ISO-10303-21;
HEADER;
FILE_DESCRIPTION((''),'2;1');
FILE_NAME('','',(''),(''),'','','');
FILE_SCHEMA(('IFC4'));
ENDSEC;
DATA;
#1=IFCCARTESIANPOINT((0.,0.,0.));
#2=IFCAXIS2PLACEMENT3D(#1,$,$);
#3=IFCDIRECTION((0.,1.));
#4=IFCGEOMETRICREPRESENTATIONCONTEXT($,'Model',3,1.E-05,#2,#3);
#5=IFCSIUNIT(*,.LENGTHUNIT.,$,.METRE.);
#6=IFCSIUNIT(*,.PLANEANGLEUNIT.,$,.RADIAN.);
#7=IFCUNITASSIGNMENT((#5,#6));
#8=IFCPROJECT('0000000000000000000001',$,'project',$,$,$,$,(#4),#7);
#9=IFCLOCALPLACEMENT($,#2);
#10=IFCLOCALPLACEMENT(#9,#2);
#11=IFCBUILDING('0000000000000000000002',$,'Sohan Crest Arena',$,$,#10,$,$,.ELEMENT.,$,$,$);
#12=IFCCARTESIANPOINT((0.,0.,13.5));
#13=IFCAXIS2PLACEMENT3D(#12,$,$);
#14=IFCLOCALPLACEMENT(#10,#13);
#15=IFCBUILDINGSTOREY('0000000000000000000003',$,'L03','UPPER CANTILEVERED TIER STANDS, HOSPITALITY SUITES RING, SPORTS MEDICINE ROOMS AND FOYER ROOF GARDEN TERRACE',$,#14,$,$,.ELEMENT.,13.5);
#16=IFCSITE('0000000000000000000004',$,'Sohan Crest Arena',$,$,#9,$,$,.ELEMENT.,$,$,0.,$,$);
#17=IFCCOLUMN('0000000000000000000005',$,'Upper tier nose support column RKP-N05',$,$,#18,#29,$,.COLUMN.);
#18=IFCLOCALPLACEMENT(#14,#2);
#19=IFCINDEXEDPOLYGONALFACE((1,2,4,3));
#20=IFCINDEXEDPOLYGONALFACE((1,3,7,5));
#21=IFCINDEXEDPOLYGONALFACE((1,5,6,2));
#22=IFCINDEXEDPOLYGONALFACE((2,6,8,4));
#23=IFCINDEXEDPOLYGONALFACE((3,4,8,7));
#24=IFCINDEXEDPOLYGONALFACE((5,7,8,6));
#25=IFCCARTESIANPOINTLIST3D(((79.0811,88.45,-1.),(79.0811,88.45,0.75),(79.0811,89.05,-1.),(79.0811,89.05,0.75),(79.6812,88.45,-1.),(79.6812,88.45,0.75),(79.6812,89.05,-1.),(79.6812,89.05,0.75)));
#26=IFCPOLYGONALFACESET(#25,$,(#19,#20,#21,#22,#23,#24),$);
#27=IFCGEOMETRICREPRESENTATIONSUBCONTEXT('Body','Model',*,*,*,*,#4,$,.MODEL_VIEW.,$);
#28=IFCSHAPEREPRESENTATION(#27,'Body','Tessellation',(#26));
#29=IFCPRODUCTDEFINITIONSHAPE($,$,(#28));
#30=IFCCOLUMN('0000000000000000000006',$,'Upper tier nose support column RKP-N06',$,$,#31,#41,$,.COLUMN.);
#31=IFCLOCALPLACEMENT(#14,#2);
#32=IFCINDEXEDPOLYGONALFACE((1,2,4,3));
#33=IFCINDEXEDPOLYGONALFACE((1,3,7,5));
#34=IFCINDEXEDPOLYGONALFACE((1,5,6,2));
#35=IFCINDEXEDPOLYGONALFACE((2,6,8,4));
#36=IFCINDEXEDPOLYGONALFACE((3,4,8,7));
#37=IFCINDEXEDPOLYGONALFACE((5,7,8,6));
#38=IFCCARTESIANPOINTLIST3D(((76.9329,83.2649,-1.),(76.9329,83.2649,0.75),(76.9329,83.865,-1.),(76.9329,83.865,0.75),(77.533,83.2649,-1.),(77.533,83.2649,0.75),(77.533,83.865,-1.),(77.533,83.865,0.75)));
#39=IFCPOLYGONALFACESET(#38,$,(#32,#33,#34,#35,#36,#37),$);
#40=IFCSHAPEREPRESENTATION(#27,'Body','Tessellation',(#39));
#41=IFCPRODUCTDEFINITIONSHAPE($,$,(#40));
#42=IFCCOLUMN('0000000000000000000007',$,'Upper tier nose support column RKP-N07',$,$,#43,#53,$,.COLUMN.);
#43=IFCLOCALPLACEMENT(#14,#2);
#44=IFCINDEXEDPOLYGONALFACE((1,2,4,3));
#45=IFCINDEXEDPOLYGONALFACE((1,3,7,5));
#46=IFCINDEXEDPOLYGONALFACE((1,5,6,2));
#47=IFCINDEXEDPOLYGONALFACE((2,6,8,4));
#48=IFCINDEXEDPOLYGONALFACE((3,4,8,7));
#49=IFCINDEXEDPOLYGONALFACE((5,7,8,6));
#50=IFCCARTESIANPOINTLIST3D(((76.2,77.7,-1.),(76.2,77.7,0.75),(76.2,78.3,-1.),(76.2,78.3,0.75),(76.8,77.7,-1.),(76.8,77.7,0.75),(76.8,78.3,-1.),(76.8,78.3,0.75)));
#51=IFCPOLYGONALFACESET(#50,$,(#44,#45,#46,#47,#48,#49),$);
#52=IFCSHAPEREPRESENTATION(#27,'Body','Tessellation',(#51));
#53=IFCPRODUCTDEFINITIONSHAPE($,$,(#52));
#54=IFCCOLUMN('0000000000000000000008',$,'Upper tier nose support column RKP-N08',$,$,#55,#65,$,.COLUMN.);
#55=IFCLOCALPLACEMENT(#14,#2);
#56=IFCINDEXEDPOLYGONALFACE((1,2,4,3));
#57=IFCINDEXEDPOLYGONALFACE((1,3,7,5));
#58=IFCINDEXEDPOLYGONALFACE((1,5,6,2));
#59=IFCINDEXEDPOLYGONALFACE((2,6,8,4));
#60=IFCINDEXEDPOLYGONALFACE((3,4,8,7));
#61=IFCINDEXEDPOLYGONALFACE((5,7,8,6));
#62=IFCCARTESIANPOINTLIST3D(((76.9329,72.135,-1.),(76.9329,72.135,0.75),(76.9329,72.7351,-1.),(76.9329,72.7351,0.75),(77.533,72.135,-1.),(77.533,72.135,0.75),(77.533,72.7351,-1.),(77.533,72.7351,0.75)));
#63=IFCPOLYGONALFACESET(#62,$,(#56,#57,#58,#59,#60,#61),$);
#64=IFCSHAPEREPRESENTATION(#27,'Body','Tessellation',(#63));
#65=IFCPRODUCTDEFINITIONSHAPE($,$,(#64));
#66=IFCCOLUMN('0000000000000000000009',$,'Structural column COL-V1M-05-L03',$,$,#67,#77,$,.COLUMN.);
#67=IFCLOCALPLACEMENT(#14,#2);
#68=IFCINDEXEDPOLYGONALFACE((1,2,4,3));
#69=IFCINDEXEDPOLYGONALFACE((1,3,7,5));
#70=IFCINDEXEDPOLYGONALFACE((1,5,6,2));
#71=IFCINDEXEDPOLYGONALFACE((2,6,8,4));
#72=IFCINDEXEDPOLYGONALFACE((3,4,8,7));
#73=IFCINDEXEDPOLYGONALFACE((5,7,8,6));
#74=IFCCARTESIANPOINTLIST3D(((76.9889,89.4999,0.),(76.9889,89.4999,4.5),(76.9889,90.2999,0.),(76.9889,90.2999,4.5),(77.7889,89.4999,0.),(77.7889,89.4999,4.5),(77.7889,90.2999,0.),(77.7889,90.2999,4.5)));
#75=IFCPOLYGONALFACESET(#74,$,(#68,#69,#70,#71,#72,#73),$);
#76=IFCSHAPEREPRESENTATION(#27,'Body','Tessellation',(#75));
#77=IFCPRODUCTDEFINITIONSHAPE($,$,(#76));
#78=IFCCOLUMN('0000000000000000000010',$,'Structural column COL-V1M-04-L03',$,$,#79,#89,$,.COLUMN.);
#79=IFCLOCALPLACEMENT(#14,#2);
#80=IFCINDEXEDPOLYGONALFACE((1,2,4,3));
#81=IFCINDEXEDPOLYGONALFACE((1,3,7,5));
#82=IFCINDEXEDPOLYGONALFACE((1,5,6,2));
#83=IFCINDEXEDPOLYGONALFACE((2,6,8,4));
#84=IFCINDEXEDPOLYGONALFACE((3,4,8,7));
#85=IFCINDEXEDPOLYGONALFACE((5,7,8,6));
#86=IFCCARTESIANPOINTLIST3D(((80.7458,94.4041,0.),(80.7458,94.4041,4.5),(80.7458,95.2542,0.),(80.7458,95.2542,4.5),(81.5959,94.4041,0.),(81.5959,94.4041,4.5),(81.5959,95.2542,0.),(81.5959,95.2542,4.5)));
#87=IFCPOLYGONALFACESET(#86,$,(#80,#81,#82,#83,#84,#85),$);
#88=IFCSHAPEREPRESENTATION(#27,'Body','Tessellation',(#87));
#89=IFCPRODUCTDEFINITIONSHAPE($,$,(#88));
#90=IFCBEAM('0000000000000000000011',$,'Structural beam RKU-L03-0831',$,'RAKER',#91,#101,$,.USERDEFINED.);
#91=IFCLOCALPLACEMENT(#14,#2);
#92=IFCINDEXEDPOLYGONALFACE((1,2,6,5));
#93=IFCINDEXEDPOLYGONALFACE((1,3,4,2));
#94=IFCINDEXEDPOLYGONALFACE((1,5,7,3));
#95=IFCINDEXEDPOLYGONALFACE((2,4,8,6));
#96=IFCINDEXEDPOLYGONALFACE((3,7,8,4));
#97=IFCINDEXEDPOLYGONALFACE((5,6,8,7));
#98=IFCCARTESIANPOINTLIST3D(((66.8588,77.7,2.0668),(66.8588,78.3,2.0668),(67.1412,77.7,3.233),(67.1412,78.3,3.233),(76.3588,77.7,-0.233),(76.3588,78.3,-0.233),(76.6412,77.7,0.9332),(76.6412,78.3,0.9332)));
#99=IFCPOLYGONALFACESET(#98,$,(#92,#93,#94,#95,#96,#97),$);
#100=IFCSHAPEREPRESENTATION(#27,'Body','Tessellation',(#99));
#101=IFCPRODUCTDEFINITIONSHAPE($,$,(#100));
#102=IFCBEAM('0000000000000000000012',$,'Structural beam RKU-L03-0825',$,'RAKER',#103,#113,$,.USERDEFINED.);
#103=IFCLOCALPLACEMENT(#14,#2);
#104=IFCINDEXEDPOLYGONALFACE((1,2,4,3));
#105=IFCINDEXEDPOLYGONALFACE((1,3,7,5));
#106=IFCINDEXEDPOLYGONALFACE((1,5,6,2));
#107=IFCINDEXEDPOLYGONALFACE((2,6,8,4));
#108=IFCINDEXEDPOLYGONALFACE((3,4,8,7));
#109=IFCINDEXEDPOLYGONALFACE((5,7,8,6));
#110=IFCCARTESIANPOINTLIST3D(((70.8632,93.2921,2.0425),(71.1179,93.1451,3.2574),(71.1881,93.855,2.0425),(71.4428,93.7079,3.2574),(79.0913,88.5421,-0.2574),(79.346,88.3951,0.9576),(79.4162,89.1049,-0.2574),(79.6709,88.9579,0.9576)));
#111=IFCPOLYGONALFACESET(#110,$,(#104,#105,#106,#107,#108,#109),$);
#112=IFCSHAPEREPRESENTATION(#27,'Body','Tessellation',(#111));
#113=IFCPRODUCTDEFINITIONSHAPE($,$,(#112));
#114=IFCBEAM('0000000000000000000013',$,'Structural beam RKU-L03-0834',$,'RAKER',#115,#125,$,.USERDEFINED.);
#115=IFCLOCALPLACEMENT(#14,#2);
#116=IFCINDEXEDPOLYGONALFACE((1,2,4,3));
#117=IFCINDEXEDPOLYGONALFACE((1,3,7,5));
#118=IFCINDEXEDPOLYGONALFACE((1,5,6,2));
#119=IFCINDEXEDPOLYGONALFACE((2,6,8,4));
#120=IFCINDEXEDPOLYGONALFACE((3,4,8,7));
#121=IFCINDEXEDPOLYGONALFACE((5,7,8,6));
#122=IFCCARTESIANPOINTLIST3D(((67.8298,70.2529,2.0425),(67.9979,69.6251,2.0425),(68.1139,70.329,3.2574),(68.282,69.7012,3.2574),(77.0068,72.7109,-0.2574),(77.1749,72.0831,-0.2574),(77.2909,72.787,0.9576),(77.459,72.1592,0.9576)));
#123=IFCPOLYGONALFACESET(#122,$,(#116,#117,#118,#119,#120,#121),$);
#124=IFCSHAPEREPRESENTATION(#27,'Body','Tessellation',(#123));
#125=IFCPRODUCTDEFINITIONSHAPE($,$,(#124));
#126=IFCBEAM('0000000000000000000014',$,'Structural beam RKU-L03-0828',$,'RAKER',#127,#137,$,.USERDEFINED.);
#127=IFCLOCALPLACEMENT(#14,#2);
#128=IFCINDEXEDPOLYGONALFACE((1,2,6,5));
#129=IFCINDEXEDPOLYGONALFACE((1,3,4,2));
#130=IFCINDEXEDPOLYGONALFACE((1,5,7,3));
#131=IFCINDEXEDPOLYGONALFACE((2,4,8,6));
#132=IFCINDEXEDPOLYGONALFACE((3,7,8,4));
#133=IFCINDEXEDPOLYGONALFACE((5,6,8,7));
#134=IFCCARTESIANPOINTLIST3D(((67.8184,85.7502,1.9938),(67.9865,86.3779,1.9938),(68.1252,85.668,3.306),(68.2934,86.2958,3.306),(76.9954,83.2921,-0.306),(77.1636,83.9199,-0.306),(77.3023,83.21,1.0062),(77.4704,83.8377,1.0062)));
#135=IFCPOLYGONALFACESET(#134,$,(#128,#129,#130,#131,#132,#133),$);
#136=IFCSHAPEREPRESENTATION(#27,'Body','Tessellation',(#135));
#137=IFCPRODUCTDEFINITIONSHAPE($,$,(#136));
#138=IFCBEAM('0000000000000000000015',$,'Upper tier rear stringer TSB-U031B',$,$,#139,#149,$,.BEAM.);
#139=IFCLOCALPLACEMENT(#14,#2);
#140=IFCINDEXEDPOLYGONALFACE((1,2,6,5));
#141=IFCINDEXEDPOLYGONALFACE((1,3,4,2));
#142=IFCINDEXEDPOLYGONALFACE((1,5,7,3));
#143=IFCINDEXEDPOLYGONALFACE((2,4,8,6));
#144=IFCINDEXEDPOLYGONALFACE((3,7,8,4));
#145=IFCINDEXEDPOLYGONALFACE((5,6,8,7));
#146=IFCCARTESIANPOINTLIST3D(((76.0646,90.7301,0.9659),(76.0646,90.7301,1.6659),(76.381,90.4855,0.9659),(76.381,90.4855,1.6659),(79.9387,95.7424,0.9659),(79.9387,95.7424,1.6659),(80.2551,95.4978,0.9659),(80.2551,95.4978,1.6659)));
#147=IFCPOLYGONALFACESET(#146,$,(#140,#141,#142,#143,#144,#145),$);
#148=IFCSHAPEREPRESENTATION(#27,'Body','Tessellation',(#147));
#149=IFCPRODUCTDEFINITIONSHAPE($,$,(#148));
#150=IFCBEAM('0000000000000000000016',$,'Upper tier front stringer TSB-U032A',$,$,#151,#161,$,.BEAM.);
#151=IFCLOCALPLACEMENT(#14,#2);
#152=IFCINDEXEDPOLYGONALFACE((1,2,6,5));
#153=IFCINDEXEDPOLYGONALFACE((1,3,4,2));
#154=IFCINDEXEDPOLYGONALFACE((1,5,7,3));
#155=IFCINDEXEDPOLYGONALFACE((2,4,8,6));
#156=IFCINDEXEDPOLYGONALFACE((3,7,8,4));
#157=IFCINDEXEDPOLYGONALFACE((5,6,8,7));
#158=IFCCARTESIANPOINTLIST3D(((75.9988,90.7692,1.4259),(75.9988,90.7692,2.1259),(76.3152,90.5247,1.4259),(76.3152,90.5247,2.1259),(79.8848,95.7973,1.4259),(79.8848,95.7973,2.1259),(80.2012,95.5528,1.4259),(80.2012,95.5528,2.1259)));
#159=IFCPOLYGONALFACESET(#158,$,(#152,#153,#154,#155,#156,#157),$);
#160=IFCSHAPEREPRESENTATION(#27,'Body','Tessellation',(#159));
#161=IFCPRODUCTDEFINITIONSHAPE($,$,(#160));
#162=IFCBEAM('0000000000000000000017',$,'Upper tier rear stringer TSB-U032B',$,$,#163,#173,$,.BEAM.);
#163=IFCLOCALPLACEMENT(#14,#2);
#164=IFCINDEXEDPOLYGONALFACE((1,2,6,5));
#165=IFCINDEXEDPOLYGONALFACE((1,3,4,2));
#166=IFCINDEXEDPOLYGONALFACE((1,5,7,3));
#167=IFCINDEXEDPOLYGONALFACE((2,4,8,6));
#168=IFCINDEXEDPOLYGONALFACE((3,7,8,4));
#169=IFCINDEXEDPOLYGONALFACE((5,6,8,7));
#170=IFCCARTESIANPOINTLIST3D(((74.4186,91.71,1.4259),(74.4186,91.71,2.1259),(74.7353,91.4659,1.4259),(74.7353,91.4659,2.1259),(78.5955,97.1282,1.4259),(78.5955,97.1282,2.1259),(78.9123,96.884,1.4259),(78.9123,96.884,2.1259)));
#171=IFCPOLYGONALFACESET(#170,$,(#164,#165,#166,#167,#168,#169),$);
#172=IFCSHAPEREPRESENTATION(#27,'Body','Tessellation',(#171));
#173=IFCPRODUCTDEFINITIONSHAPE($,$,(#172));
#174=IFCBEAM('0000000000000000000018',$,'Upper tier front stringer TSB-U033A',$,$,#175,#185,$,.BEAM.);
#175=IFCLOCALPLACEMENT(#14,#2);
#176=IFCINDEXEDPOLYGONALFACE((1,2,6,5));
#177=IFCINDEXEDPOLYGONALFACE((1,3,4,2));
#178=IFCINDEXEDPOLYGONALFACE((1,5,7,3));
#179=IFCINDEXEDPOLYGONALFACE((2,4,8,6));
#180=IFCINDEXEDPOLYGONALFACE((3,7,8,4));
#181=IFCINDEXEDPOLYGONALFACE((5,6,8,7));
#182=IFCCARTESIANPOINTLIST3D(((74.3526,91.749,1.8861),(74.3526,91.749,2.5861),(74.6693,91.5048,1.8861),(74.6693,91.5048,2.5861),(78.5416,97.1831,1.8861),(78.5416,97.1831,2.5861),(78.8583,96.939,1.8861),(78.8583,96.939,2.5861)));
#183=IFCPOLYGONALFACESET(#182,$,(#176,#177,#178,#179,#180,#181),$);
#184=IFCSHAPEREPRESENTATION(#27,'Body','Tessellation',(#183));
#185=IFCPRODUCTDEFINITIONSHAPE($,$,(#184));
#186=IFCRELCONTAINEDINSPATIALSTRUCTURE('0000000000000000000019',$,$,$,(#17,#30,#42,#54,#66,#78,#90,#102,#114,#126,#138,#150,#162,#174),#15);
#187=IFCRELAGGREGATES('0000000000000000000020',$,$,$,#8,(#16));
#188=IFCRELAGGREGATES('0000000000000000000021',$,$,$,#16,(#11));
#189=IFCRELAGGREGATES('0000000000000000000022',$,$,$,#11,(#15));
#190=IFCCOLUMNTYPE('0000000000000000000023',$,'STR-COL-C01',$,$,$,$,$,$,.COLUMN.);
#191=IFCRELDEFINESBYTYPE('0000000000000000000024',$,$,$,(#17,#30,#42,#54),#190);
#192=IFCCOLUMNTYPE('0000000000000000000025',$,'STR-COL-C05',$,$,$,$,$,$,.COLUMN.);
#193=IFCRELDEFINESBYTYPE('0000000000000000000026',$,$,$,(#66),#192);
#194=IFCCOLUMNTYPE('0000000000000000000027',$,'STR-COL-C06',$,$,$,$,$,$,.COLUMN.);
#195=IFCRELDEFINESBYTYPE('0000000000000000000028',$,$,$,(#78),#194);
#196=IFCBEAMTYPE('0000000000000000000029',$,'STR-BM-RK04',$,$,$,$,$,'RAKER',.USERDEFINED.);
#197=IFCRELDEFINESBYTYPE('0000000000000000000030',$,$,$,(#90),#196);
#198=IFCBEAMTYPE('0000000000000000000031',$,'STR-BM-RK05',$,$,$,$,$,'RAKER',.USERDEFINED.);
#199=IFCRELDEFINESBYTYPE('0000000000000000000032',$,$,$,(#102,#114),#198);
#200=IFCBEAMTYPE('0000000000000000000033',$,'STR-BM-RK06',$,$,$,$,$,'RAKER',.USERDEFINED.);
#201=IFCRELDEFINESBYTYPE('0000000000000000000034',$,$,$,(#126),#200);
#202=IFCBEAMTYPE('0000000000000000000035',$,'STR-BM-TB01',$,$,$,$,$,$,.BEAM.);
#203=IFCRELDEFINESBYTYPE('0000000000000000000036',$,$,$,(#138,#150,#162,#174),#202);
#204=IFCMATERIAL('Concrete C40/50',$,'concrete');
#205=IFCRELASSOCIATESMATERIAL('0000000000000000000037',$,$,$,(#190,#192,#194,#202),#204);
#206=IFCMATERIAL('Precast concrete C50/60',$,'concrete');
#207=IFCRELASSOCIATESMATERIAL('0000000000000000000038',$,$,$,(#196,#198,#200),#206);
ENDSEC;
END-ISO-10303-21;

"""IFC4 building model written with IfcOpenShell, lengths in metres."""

from ifc_helpers import new_model, si_unit, direction, frame, origin, origin_2d, place, context, subcontext, project, spatial, rectangle, extrude, material, material_profile, profile_set, type_object, element, save


model = new_model("IFC4")

# Units and contexts
model_context = context("Model", 3, precision=1e-05, world=origin(), true_north=direction((0.0, 1.0)))
body_context = subcontext(model_context, "Body", "Model", "MODEL_VIEW")
ifc_project = project(units=[si_unit("LENGTHUNIT", "METRE"), si_unit("PLANEANGLEUNIT", "RADIAN")], contexts=[model_context])

# Site, building, storey
site_placement = place(None, origin())
site = spatial("IfcSite", under=ifc_project, at=site_placement, Name="Sohan Crest Arena", CompositionType="ELEMENT", RefElevation=0.0)
building_placement = place(site_placement, origin())
building = spatial("IfcBuilding", under=site, at=building_placement, Name="Sohan Crest Arena", CompositionType="ELEMENT")
storey_placement = place(building_placement, frame((0.0, 0.0, 13.5)))
storey = spatial("IfcBuildingStorey", under=building, at=storey_placement, Name="L03", Description="UPPER CANTILEVERED TIER STANDS, HOSPITALITY SUITES RING, SPORTS MEDICINE ROOMS AND FOYER ROOF GARDEN TERRACE", CompositionType="ELEMENT", Elevation=13.5)

# Columns
ifc_material_1 = material(Name="Concrete C40/50", Category="concrete")
ifc_material_profile_1 = material_profile(ifc_material_1, rectangle(XDim=0.6001, YDim=0.6001, at=origin_2d()), Name="RC 600x600")
ifc_profile_set_1 = profile_set([ifc_material_profile_1], Name="Concrete C40/50")
column_type_1 = type_object("IfcColumnType", Name="STR-COL-C01", PredefinedType="COLUMN", material=ifc_profile_set_1)
for number, where, z_axis, x_axis, name in (
    (1, (79.3811, 88.75, -1.0), (0.0, 0.0, 1.0), (1.0, 0.0, 0.0), "Upper tier nose support column RKP-N05"),
    (2, (77.2329, 83.5649, -1.0), (0.0, 0.0, 1.0), (1.0, 0.0, 0.0), "Upper tier nose support column RKP-N06"),
    (3, (76.5, 78.0, -1.0), (0.0, 0.0, 1.0), (1.0, 0.0, 0.0), "Upper tier nose support column RKP-N07"),
    (4, (77.2329, 72.4351, -1.0), (0.0, 0.0, 1.0), (1.0, 0.0, 0.0), "Upper tier nose support column RKP-N08"),
):
    element("IfcColumn", number, at=place(storey_placement, frame(where, z_axis=z_axis, x_axis=x_axis)), inside=storey, type_object=column_type_1, Name=name, PredefinedType="COLUMN", context=body_context, shape_type="SweptSolid", body=[
        extrude(rectangle(XDim=0.6001, YDim=0.6001, at=origin_2d()), origin(), (0.0, 0.0, 1.0), 1.75),
    ])
ifc_material_profile_2 = material_profile(ifc_material_1, rectangle(XDim=0.8, YDim=0.8, at=origin_2d()), Name="RC 800x800")
ifc_profile_set_2 = profile_set([ifc_material_profile_2], Name="Concrete C40/50")
column_type_2 = type_object("IfcColumnType", Name="STR-COL-C05", PredefinedType="COLUMN", material=ifc_profile_set_2)
column_1_placement = place(storey_placement, frame((77.3889, 89.8999, 0.0), z_axis=(0.0, 0.0, 1.0), x_axis=(1.0, 0.0, 0.0)))
element("IfcColumn", 5, at=column_1_placement, inside=storey, type_object=column_type_2, Name="Structural column COL-V1M-05-L03", PredefinedType="COLUMN", context=body_context, shape_type="SweptSolid", body=[
    extrude(rectangle(XDim=0.8, YDim=0.8, at=origin_2d()), origin(), (0.0, 0.0, 1.0), 4.5),
])
ifc_material_profile_3 = material_profile(ifc_material_1, rectangle(XDim=0.8501, YDim=0.8501, at=origin_2d()), Name="RC 850x850")
ifc_profile_set_3 = profile_set([ifc_material_profile_3], Name="Concrete C40/50")
column_type_3 = type_object("IfcColumnType", Name="STR-COL-C06", PredefinedType="COLUMN", material=ifc_profile_set_3)
column_2_placement = place(storey_placement, frame((81.1709, 94.8291, 0.0), z_axis=(0.0, 0.0, 1.0), x_axis=(1.0, 0.0, 0.0)))
element("IfcColumn", 6, at=column_2_placement, inside=storey, type_object=column_type_3, Name="Structural column COL-V1M-04-L03", PredefinedType="COLUMN", context=body_context, shape_type="SweptSolid", body=[
    extrude(rectangle(XDim=0.8501, YDim=0.8501, at=origin_2d()), origin(), (0.0, 0.0, 1.0), 4.5),
])

# Beams
ifc_material_2 = material(Name="Precast concrete C50/60", Category="concrete")
ifc_material_profile_4 = material_profile(ifc_material_2, rectangle(XDim=0.6001, YDim=1.2, at=origin_2d()), Name="RAKER 600x1200")
ifc_profile_set_4 = profile_set([ifc_material_profile_4], Name="Precast concrete C50/60")
beam_type_1 = type_object("IfcBeamType", Name="STR-BM-RK04", ElementType="RAKER", PredefinedType="USERDEFINED", material=ifc_profile_set_4)
beam_1_placement = place(storey_placement, frame((76.5, 78.0, 0.3501), z_axis=(-0.971926, 0.0, 0.235288), x_axis=(0.0, -1.0, 0.0)))
element("IfcBeam", 7, at=beam_1_placement, inside=storey, type_object=beam_type_1, Name="Structural beam RKU-L03-0831", ObjectType="RAKER", PredefinedType="USERDEFINED", context=body_context, shape_type="SweptSolid", body=[
    extrude(rectangle(XDim=0.6001, YDim=1.2, at=origin_2d()), origin(), (0.0, 0.0, 1.0), 9.7744),
])
ifc_material_profile_5 = material_profile(ifc_material_2, rectangle(XDim=0.6499, YDim=1.25, at=origin_2d()), Name="RAKER 650x1250")
ifc_profile_set_5 = profile_set([ifc_material_profile_5], Name="Precast concrete C50/60")
beam_type_2 = type_object("IfcBeamType", Name="STR-BM-RK05", ElementType="RAKER", PredefinedType="USERDEFINED", material=ifc_profile_set_5)
beam_2_placement = place(storey_placement, frame((79.3811, 88.75, 0.3501), z_axis=(-0.841736, 0.48593, 0.235272), x_axis=(-0.499964, -0.866046, 0.0)))
element("IfcBeam", 8, at=beam_2_placement, inside=storey, type_object=beam_type_2, Name="Structural beam RKU-L03-0825", ObjectType="RAKER", PredefinedType="USERDEFINED", context=body_context, shape_type="SweptSolid", body=[
    extrude(rectangle(XDim=0.6499, YDim=1.25, at=origin_2d()), origin(), (0.0, 0.0, 1.0), 9.7751),
])
beam_3_placement = place(storey_placement, frame((77.2329, 72.4351, 0.3501), z_axis=(-0.938835, -0.251462, 0.235277), x_axis=(0.258725, -0.965951, 0.0)))
element("IfcBeam", 9, at=beam_3_placement, inside=storey, type_object=beam_type_2, Name="Structural beam RKU-L03-0834", ObjectType="RAKER", PredefinedType="USERDEFINED", context=body_context, shape_type="SweptSolid", body=[
    extrude(rectangle(XDim=0.6499, YDim=1.25, at=origin_2d()), origin(), (0.0, 0.0, 1.0), 9.7749),
])
ifc_material_profile_6 = material_profile(ifc_material_2, rectangle(XDim=0.6499, YDim=1.3501, at=origin_2d()), Name="RAKER 650x1350")
ifc_profile_set_6 = profile_set([ifc_material_profile_6], Name="Precast concrete C50/60")
beam_type_3 = type_object("IfcBeamType", Name="STR-BM-RK06", ElementType="RAKER", PredefinedType="USERDEFINED", material=ifc_profile_set_6)
beam_4_placement = place(storey_placement, frame((77.2329, 83.5649, 0.3501), z_axis=(-0.938835, 0.251462, 0.235277), x_axis=(-0.258725, -0.965951, 0.0)))
element("IfcBeam", 10, at=beam_4_placement, inside=storey, type_object=beam_type_3, Name="Structural beam RKU-L03-0828", ObjectType="RAKER", PredefinedType="USERDEFINED", context=body_context, shape_type="SweptSolid", body=[
    extrude(rectangle(XDim=0.6499, YDim=1.3501, at=origin_2d()), origin(), (0.0, 0.0, 1.0), 9.7749),
])
ifc_material_profile_7 = material_profile(ifc_material_1, rectangle(XDim=0.3999, YDim=0.7, at=origin_2d()), Name="RC-BM 400x700")
ifc_profile_set_7 = profile_set([ifc_material_profile_7], Name="Concrete C40/50")
beam_type_4 = type_object("IfcBeamType", Name="STR-BM-TB01", PredefinedType="BEAM", material=ifc_profile_set_7)
beam_5_placement = place(storey_placement, frame((80.0969, 95.6201, 1.3159), z_axis=(-0.611542, -0.791212, 0.0), x_axis=(0.791212, -0.611542, 0.0)))
element("IfcBeam", 11, at=beam_5_placement, inside=storey, type_object=beam_type_4, Name="Upper tier rear stringer TSB-U031B", PredefinedType="BEAM", context=body_context, shape_type="SweptSolid", body=[
    extrude(rectangle(XDim=0.3999, YDim=0.7, at=origin_2d()), origin(), (0.0, 0.0, 1.0), 6.335),
])
beam_6_placement = place(storey_placement, frame((80.043, 95.675, 1.7759), z_axis=(-0.611512, -0.791235, 0.0), x_axis=(0.791235, -0.611512, 0.0)))
element("IfcBeam", 12, at=beam_6_placement, inside=storey, type_object=beam_type_4, Name="Upper tier front stringer TSB-U032A", PredefinedType="BEAM", context=body_context, shape_type="SweptSolid", body=[
    extrude(rectangle(XDim=0.3999, YDim=0.7, at=origin_2d()), origin(), (0.0, 0.0, 1.0), 6.3547),
])
beam_7_placement = place(storey_placement, frame((78.7539, 97.0061, 1.7759), z_axis=(-0.61055, -0.791977, 0.0), x_axis=(0.791977, -0.61055, 0.0)))
element("IfcBeam", 13, at=beam_7_placement, inside=storey, type_object=beam_type_4, Name="Upper tier rear stringer TSB-U032B", PredefinedType="BEAM", context=body_context, shape_type="SweptSolid", body=[
    extrude(rectangle(XDim=0.3999, YDim=0.7, at=origin_2d()), origin(), (0.0, 0.0, 1.0), 6.8413),
])
beam_8_placement = place(storey_placement, frame((78.7, 97.061, 2.2361), z_axis=(-0.610526, -0.791997, 0.0), x_axis=(0.791997, -0.610526, 0.0)))
element("IfcBeam", 14, at=beam_8_placement, inside=storey, type_object=beam_type_4, Name="Upper tier front stringer TSB-U033A", PredefinedType="BEAM", context=body_context, shape_type="SweptSolid", body=[
    extrude(rectangle(XDim=0.3999, YDim=0.7, at=origin_2d()), origin(), (0.0, 0.0, 1.0), 6.8613),
])

save(model, "model.ifc")
